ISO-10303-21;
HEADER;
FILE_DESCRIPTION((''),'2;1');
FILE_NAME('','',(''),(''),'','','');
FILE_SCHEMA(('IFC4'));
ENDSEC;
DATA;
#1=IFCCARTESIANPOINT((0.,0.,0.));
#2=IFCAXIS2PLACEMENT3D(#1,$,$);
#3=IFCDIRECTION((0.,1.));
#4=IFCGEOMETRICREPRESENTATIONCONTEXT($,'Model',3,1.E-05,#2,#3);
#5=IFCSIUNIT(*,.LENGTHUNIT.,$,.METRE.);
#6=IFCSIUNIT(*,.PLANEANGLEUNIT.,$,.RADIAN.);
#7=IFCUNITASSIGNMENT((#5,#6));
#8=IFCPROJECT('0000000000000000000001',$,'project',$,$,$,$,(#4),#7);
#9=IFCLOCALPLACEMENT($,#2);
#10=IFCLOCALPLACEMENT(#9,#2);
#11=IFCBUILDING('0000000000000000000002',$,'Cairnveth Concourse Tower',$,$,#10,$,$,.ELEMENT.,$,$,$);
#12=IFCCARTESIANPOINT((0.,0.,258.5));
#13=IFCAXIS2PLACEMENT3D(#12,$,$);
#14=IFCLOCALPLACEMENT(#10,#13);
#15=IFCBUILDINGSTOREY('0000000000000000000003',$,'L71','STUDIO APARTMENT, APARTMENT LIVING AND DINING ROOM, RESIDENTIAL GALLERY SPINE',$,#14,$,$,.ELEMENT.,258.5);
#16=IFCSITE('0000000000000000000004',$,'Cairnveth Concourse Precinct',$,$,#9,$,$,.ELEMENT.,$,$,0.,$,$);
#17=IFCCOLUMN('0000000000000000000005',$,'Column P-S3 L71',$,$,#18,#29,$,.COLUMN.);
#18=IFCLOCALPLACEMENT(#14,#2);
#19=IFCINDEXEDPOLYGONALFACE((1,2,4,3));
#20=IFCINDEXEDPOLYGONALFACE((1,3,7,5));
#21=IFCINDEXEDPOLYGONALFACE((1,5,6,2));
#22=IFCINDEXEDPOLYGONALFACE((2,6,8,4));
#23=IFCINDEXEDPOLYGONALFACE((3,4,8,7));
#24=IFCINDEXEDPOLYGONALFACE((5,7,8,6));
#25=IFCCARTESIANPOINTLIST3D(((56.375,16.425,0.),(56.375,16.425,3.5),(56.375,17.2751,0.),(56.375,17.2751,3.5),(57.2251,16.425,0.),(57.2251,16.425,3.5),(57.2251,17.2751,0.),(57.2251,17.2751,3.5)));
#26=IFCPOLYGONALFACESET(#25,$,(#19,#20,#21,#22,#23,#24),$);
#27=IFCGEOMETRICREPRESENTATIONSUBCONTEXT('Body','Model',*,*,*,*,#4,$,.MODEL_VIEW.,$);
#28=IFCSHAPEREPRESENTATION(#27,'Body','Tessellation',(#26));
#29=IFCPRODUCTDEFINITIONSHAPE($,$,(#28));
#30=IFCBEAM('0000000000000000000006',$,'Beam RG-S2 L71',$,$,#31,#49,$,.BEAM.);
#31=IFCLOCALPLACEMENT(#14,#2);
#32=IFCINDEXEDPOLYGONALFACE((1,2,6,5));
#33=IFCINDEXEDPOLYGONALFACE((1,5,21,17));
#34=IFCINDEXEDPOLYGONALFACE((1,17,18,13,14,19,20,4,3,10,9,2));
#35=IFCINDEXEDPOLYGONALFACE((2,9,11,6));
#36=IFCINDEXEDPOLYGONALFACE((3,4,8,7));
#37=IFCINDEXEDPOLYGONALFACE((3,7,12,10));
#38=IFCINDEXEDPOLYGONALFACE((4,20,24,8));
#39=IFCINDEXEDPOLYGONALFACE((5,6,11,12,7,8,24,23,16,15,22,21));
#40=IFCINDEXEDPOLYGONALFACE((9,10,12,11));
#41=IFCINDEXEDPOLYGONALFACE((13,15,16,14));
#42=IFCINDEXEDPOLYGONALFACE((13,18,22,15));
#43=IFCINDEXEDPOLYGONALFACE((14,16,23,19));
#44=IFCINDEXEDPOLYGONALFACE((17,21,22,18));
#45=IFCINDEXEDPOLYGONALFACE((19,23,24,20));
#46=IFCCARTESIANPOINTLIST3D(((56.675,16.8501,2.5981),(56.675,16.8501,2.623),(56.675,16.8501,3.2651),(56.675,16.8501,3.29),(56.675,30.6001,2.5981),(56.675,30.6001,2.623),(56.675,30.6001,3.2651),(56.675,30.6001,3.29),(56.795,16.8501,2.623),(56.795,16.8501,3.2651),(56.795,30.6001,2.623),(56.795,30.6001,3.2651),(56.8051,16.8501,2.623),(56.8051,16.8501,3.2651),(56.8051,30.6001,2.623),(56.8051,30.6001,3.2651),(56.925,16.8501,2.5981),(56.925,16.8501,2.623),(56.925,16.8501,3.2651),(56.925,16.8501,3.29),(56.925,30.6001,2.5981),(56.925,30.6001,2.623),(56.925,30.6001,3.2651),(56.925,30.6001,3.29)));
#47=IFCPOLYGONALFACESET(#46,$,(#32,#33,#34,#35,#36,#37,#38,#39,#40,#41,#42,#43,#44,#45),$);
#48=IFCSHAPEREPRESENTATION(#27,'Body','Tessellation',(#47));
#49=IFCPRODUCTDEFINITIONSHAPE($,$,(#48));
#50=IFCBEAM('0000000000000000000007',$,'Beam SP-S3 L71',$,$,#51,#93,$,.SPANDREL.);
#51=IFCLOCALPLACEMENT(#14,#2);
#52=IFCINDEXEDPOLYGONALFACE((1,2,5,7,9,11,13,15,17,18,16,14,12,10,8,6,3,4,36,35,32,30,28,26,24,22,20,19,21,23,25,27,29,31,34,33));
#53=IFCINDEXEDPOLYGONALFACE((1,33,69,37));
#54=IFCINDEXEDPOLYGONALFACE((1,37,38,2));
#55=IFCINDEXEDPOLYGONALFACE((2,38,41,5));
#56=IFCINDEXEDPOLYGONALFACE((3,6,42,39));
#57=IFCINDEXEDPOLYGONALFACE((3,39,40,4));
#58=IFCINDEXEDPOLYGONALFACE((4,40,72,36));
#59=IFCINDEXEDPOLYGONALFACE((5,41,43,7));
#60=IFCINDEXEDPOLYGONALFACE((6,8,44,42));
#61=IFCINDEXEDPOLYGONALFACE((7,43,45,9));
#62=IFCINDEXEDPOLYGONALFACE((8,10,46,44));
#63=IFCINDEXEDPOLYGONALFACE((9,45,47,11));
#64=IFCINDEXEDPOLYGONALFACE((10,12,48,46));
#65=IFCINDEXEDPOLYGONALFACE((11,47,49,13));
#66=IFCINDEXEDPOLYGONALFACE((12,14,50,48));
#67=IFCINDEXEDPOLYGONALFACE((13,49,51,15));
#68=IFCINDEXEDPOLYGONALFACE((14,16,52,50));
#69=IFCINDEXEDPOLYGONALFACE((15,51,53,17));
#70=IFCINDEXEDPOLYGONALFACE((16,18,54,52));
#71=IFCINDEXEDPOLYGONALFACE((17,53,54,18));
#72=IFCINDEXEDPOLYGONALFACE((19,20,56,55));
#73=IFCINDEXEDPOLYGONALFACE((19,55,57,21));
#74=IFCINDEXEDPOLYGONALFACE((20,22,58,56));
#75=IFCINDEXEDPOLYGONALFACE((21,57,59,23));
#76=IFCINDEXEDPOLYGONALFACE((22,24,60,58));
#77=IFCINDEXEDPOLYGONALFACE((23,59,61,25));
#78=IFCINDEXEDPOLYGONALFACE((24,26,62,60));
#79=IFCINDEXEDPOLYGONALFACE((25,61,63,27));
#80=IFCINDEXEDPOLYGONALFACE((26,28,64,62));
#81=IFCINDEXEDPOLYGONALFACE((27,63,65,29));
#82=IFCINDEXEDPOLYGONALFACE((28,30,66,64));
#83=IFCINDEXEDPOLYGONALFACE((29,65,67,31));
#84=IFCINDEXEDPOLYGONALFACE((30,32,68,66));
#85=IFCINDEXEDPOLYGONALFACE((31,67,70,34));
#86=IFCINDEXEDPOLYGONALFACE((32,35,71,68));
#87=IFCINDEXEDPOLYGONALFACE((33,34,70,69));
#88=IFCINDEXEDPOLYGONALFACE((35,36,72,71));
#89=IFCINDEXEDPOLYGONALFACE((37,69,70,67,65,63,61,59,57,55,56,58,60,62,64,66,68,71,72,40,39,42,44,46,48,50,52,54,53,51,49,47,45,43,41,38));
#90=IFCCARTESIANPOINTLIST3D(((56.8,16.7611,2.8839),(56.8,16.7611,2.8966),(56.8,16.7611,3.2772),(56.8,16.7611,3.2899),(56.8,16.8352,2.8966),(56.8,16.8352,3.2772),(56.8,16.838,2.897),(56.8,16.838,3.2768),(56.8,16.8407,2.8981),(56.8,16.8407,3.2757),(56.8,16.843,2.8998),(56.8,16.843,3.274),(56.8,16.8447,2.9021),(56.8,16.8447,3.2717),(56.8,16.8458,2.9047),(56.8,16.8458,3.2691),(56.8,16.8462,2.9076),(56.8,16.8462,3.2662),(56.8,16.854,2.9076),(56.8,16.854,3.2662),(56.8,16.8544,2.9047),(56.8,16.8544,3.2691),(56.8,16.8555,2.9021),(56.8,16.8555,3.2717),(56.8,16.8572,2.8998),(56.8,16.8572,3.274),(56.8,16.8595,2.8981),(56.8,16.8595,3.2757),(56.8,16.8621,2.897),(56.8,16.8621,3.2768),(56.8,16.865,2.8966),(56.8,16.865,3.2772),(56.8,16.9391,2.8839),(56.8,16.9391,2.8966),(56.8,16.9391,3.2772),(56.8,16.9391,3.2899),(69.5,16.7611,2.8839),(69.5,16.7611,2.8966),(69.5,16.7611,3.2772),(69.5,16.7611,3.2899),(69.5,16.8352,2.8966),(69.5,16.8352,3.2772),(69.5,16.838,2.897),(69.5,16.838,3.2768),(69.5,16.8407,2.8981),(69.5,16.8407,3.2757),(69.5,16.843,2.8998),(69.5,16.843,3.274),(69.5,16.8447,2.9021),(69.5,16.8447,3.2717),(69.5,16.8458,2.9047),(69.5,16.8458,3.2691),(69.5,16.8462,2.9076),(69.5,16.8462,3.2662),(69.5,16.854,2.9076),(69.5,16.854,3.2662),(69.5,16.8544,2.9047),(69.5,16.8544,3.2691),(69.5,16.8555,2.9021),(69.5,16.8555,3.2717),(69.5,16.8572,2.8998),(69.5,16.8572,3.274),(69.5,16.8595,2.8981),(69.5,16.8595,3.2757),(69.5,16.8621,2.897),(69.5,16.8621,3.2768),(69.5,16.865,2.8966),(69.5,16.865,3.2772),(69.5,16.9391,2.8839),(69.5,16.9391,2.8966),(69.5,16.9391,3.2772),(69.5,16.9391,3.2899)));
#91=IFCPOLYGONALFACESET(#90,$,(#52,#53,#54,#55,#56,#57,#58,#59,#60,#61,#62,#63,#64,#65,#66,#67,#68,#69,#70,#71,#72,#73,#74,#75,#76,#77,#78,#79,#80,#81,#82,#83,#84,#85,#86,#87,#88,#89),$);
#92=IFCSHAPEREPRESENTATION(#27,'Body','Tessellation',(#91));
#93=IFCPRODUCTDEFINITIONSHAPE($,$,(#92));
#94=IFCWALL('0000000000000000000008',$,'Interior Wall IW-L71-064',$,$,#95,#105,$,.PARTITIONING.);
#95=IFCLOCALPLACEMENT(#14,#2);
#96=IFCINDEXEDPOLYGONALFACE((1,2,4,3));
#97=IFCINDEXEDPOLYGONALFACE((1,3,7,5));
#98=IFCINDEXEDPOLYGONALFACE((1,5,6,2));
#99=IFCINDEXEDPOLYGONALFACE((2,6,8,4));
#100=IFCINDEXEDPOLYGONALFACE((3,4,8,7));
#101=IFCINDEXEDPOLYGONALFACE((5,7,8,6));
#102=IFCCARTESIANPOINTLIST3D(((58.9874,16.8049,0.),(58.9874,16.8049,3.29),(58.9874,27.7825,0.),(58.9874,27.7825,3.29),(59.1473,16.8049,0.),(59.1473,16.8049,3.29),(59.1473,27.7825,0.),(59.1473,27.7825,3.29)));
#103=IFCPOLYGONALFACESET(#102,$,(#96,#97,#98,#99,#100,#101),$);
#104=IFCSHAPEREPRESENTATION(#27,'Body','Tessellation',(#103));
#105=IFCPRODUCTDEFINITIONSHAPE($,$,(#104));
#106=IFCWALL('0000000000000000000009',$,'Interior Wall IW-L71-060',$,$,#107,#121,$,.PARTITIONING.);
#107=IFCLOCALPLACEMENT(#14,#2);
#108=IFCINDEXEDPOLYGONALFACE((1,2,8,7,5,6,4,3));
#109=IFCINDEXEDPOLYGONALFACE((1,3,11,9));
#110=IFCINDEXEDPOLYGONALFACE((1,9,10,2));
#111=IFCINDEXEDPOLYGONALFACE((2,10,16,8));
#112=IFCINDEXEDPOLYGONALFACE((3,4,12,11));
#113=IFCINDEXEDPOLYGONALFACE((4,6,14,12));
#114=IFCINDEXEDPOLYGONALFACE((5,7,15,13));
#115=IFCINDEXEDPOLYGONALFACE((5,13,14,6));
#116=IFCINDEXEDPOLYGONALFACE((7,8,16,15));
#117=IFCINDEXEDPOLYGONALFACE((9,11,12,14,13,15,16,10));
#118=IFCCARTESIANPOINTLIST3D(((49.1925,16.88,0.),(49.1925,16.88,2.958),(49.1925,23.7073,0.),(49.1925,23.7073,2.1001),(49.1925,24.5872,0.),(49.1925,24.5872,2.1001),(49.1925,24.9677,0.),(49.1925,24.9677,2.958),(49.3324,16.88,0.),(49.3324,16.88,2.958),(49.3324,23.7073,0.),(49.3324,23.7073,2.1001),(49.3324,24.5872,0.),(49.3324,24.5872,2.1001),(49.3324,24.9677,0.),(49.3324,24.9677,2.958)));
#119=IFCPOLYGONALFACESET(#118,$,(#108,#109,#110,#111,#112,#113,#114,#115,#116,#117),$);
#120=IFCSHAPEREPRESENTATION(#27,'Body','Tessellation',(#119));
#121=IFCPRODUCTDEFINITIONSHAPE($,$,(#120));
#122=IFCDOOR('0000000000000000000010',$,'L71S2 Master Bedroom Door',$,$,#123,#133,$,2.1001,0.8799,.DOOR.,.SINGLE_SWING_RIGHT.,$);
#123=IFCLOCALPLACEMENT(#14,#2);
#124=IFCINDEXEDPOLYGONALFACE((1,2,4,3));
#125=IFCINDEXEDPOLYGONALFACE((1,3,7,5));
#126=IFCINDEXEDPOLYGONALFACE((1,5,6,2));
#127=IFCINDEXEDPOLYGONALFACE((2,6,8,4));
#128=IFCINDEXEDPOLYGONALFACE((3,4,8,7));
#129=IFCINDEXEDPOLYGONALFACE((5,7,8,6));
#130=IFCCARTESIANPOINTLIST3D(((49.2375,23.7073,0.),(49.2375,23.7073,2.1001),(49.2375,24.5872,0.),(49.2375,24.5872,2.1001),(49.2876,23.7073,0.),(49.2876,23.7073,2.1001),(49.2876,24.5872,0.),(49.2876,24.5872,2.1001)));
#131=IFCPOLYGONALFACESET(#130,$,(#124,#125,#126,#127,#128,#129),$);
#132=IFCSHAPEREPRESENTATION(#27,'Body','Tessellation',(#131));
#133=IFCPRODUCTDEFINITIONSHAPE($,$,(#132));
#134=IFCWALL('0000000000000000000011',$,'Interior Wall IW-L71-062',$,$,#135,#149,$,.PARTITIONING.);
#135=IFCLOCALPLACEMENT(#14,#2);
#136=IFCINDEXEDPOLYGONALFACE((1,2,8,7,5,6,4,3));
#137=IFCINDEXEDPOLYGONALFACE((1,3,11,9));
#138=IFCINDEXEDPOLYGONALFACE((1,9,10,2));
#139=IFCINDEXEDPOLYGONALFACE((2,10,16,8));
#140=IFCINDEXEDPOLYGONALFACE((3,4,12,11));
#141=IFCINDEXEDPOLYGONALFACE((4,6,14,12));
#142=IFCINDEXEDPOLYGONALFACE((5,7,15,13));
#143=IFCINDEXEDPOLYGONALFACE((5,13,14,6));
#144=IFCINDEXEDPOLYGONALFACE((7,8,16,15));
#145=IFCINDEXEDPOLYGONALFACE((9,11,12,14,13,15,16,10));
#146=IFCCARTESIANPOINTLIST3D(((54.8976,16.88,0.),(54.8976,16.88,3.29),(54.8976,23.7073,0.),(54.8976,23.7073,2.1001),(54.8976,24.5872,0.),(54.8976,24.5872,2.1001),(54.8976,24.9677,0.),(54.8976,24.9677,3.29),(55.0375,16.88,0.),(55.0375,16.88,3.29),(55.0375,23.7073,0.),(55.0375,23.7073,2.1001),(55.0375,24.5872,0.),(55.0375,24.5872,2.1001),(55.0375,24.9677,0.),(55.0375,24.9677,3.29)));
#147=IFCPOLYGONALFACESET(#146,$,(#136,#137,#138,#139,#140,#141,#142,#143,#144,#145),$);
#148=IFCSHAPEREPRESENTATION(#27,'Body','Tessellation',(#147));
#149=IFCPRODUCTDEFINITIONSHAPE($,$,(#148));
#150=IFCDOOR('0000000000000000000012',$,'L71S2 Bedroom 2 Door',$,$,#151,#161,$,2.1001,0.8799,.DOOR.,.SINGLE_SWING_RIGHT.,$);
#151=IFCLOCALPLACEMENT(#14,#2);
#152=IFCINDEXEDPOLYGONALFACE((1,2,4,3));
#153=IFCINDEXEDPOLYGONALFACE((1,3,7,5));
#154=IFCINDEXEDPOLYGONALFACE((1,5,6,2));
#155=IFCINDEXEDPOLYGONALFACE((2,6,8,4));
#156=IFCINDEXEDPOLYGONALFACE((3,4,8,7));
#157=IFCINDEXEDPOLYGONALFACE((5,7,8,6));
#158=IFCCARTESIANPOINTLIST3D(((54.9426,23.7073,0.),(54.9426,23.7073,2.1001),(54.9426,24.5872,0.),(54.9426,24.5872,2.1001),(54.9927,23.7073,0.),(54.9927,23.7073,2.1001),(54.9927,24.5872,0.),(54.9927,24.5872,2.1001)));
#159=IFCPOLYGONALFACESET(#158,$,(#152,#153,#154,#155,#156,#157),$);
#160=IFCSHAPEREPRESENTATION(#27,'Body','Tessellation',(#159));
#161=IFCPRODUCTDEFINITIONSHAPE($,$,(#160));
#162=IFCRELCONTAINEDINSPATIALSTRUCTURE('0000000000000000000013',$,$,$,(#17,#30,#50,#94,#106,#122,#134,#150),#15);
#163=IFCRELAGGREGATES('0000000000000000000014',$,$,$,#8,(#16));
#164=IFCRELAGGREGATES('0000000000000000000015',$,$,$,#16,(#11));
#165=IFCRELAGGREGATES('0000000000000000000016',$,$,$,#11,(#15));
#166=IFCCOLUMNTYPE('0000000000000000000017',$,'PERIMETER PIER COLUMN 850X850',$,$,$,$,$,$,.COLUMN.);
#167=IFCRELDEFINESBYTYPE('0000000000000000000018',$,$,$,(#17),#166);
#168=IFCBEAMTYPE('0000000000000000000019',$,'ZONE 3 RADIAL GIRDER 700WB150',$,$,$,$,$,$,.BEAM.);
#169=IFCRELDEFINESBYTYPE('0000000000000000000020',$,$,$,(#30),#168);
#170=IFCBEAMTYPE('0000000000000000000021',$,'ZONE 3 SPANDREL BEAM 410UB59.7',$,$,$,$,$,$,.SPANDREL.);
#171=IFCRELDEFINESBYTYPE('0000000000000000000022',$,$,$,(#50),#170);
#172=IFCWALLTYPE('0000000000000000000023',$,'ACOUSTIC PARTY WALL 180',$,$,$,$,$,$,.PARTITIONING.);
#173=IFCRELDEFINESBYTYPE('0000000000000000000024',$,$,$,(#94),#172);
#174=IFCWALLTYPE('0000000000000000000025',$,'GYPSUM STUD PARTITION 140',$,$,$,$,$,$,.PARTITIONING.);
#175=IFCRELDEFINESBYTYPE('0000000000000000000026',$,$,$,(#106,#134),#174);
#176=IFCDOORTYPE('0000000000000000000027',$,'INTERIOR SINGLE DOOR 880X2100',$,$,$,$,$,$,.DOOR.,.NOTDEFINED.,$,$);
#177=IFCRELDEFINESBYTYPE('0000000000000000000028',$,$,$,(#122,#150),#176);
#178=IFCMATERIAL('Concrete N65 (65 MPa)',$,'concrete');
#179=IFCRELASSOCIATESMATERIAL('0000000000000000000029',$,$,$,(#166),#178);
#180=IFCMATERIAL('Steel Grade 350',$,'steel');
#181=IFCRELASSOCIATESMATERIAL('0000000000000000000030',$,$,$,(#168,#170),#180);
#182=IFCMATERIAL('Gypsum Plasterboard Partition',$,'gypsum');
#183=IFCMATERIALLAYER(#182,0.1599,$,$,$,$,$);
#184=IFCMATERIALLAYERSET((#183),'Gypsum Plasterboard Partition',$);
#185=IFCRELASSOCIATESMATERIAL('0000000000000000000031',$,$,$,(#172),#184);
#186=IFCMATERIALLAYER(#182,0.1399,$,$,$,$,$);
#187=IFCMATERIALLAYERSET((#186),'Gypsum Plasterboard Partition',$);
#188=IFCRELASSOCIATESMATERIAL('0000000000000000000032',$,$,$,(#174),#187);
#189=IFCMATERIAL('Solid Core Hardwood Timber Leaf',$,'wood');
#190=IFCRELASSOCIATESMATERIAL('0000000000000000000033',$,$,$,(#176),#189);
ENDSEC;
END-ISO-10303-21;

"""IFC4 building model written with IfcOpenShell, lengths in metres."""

from ifc_helpers import new_model, si_unit, direction, frame, frame_2d, origin, origin_2d, place, context, subcontext, project, spatial, rectangle, i_section, extrude, material, layer, layer_set, material_profile, profile_set, type_object, element, fill, save


model = new_model("IFC4")

# Units and contexts
model_context = context("Model", 3, precision=1e-05, world=origin(), true_north=direction((0.0, 1.0)))
body_context = subcontext(model_context, "Body", "Model", "MODEL_VIEW")
ifc_project = project(units=[si_unit("LENGTHUNIT", "METRE"), si_unit("PLANEANGLEUNIT", "RADIAN")], contexts=[model_context])

# Site, building, storey
site_placement = place(None, origin())
site = spatial("IfcSite", under=ifc_project, at=site_placement, Name="Cairnveth Concourse Precinct", CompositionType="ELEMENT", RefElevation=0.0)
building_placement = place(site_placement, origin())
building = spatial("IfcBuilding", under=site, at=building_placement, Name="Cairnveth Concourse Tower", CompositionType="ELEMENT")
storey_placement = place(building_placement, frame((0.0, 0.0, 258.5)))
storey = spatial("IfcBuildingStorey", under=building, at=storey_placement, Name="L71", Description="STUDIO APARTMENT, APARTMENT LIVING AND DINING ROOM, RESIDENTIAL GALLERY SPINE", CompositionType="ELEMENT", Elevation=258.5)

# Column
ifc_material_1 = material(Name="Concrete N65 (65 MPa)", Category="concrete")
ifc_material_profile_1 = material_profile(ifc_material_1, rectangle(XDim=0.8501, YDim=0.8501, at=origin_2d()), Name="RC-COL-850x850")
ifc_profile_set_1 = profile_set([ifc_material_profile_1], Name="Concrete N65 (65 MPa)")
column_type = type_object("IfcColumnType", Name="PERIMETER PIER COLUMN 850X850", PredefinedType="COLUMN", material=ifc_profile_set_1)
column_placement = place(storey_placement, frame((56.8, 16.8501, 0.0), z_axis=(0.0, 0.0, 1.0), x_axis=(1.0, 0.0, 0.0)))
element("IfcColumn", 1, at=column_placement, inside=storey, type_object=column_type, Name="Column P-S3 L71", PredefinedType="COLUMN", context=body_context, shape_type="SweptSolid", body=[
    extrude(rectangle(XDim=0.8501, YDim=0.8501, at=origin_2d()), origin(), (0.0, 0.0, 1.0), 3.5),
])

# Beams
ifc_material_2 = material(Name="Steel Grade 350", Category="steel")
ifc_material_profile_2 = material_profile(ifc_material_2, i_section(OverallWidth=0.25, OverallDepth=0.6919, WebThickness=0.01, FlangeThickness=0.0249, at=origin_2d()), Name="700WB150")
ifc_profile_set_2 = profile_set([ifc_material_profile_2], Name="Steel Grade 350")
beam_type_1 = type_object("IfcBeamType", Name="ZONE 3 RADIAL GIRDER 700WB150", PredefinedType="BEAM", material=ifc_profile_set_2)
beam_1_placement = place(storey_placement, frame((56.8, 16.8501, 2.9441), z_axis=(0.0, 1.0, 0.0), x_axis=(-1.0, 0.0, 0.0)))
element("IfcBeam", 2, at=beam_1_placement, inside=storey, type_object=beam_type_1, Name="Beam RG-S2 L71", PredefinedType="BEAM", context=body_context, shape_type="SweptSolid", body=[
    extrude(i_section(OverallWidth=0.25, OverallDepth=0.6919, WebThickness=0.01, FlangeThickness=0.0249, at=origin_2d()), origin(), (0.0, 0.0, 1.0), 13.75),
])
ifc_material_profile_3 = material_profile(ifc_material_2, i_section(OverallWidth=0.178, OverallDepth=0.406, WebThickness=0.0078, FlangeThickness=0.0127, FilletRadius=0.011, at=origin_2d()), Name="410UB59.7")
ifc_profile_set_3 = profile_set([ifc_material_profile_3], Name="Steel Grade 350")
beam_type_2 = type_object("IfcBeamType", Name="ZONE 3 SPANDREL BEAM 410UB59.7", PredefinedType="SPANDREL", material=ifc_profile_set_3)
beam_2_placement = place(storey_placement, frame((56.8, 16.8501, 3.0869), z_axis=(1.0, 0.0, 0.0), x_axis=(0.0, 1.0, 0.0)))
element("IfcBeam", 3, at=beam_2_placement, inside=storey, type_object=beam_type_2, Name="Beam SP-S3 L71", PredefinedType="SPANDREL", context=body_context, shape_type="SweptSolid", body=[
    extrude(i_section(OverallWidth=0.178, OverallDepth=0.406, WebThickness=0.0078, FlangeThickness=0.0127, FilletRadius=0.011, at=origin_2d()), origin(), (0.0, 0.0, 1.0), 12.7),
])

# Wall
ifc_material_3 = material(Name="Gypsum Plasterboard Partition", Category="gypsum")
ifc_layer_1 = layer(ifc_material_3, 0.1599)
ifc_layer_set_1 = layer_set([ifc_layer_1], Name="Gypsum Plasterboard Partition")
wall_type_1 = type_object("IfcWallType", Name="ACOUSTIC PARTY WALL 180", PredefinedType="PARTITIONING", material=ifc_layer_set_1)
wall_1_placement = place(storey_placement, frame((59.0674, 16.8049, 0.0), z_axis=(0.0, 0.0, 1.0), x_axis=(0.0, 1.0, 0.0)))
element("IfcWall", 4, at=wall_1_placement, inside=storey, type_object=wall_type_1, Name="Interior Wall IW-L71-064", PredefinedType="PARTITIONING", context=body_context, shape_type="SweptSolid", body=[
    extrude(rectangle(XDim=10.9775, YDim=0.1599, at=frame_2d((5.4888, 0.0))), origin(), (0.0, 0.0, 1.0), 3.29),
])

# Walls, openings, doors
ifc_layer_2 = layer(ifc_material_3, 0.1399)
ifc_layer_set_2 = layer_set([ifc_layer_2], Name="Gypsum Plasterboard Partition")
wall_type_2 = type_object("IfcWallType", Name="GYPSUM STUD PARTITION 140", PredefinedType="PARTITIONING", material=ifc_layer_set_2)
wall_2_placement = place(storey_placement, frame((49.2625, 16.8799, 0.0), z_axis=(0.0, 0.0, 1.0), x_axis=(0.0, 1.0, 0.0)))
wall_2 = element("IfcWall", 5, at=wall_2_placement, inside=storey, type_object=wall_type_2, Name="Interior Wall IW-L71-060", PredefinedType="PARTITIONING", context=body_context, shape_type="SweptSolid", body=[
    extrude(rectangle(XDim=8.0876, YDim=0.1399, at=frame_2d((4.0439, 0.0))), origin(), (0.0, 0.0, 1.0), 2.958),
])
opening_1_placement = place(wall_2_placement, frame((6.8274, 0.0, 0.0)))
opening_1 = element("IfcOpeningElement", 6, at=opening_1_placement, cuts=wall_2, PredefinedType="OPENING", context=body_context, shape_type="SweptSolid", body=[
    extrude(rectangle(XDim=0.8799, YDim=2.1001, at=frame_2d((0.4399, 1.05))), frame((0.0, 0.0798, 0.0), z_axis=(0.0, -1.0, 0.0), x_axis=(1.0, 0.0, 0.0)), (0.0, 0.0, 1.0), 0.1599),
])
ifc_material_4 = material(Name="Solid Core Hardwood Timber Leaf", Category="wood")
door_type_1 = type_object("IfcDoorType", Name="INTERIOR SINGLE DOOR 880X2100", OperationType="NOTDEFINED", PredefinedType="DOOR", material=ifc_material_4)
door_1_placement = place(opening_1_placement, origin())
door_1 = element("IfcDoor", 7, at=door_1_placement, inside=storey, type_object=door_type_1, Name="L71S2 Master Bedroom Door", OperationType="SINGLE_SWING_RIGHT", OverallHeight=2.1001, OverallWidth=0.8799, PredefinedType="DOOR", context=body_context, shape_type="SweptSolid", body=[
    extrude(rectangle(XDim=0.8799, YDim=2.1001, at=frame_2d((0.4399, 1.05))), frame((0.0, 0.0249, 0.0), z_axis=(0.0, -1.0, 0.0), x_axis=(1.0, 0.0, 0.0)), (0.0, 0.0, 1.0), 0.05),
])
fill(opening_1, door_1)
wall_3_placement = place(storey_placement, frame((54.9675, 16.8799, 0.0), z_axis=(0.0, 0.0, 1.0), x_axis=(0.0, 1.0, 0.0)))
wall_3 = element("IfcWall", 8, at=wall_3_placement, inside=storey, type_object=wall_type_2, Name="Interior Wall IW-L71-062", PredefinedType="PARTITIONING", context=body_context, shape_type="SweptSolid", body=[
    extrude(rectangle(XDim=8.0876, YDim=0.1399, at=frame_2d((4.0439, 0.0))), origin(), (0.0, 0.0, 1.0), 3.29),
])
opening_2_placement = place(wall_3_placement, frame((6.8274, 0.0, 0.0)))
opening_2 = element("IfcOpeningElement", 9, at=opening_2_placement, cuts=wall_3, PredefinedType="OPENING", context=body_context, shape_type="SweptSolid", body=[
    extrude(rectangle(XDim=0.8799, YDim=2.1001, at=frame_2d((0.4399, 1.05))), frame((0.0, 0.0798, 0.0), z_axis=(0.0, -1.0, 0.0), x_axis=(1.0, 0.0, 0.0)), (0.0, 0.0, 1.0), 0.1599),
])
door_2_placement = place(opening_2_placement, origin())
door_2 = element("IfcDoor", 10, at=door_2_placement, inside=storey, type_object=door_type_1, Name="L71S2 Bedroom 2 Door", OperationType="SINGLE_SWING_RIGHT", OverallHeight=2.1001, OverallWidth=0.8799, PredefinedType="DOOR", context=body_context, shape_type="SweptSolid", body=[
    extrude(rectangle(XDim=0.8799, YDim=2.1001, at=frame_2d((0.4399, 1.05))), frame((0.0, 0.0249, 0.0), z_axis=(0.0, -1.0, 0.0), x_axis=(1.0, 0.0, 0.0)), (0.0, 0.0, 1.0), 0.05),
])
fill(opening_2, door_2)

save(model, "model.ifc")
